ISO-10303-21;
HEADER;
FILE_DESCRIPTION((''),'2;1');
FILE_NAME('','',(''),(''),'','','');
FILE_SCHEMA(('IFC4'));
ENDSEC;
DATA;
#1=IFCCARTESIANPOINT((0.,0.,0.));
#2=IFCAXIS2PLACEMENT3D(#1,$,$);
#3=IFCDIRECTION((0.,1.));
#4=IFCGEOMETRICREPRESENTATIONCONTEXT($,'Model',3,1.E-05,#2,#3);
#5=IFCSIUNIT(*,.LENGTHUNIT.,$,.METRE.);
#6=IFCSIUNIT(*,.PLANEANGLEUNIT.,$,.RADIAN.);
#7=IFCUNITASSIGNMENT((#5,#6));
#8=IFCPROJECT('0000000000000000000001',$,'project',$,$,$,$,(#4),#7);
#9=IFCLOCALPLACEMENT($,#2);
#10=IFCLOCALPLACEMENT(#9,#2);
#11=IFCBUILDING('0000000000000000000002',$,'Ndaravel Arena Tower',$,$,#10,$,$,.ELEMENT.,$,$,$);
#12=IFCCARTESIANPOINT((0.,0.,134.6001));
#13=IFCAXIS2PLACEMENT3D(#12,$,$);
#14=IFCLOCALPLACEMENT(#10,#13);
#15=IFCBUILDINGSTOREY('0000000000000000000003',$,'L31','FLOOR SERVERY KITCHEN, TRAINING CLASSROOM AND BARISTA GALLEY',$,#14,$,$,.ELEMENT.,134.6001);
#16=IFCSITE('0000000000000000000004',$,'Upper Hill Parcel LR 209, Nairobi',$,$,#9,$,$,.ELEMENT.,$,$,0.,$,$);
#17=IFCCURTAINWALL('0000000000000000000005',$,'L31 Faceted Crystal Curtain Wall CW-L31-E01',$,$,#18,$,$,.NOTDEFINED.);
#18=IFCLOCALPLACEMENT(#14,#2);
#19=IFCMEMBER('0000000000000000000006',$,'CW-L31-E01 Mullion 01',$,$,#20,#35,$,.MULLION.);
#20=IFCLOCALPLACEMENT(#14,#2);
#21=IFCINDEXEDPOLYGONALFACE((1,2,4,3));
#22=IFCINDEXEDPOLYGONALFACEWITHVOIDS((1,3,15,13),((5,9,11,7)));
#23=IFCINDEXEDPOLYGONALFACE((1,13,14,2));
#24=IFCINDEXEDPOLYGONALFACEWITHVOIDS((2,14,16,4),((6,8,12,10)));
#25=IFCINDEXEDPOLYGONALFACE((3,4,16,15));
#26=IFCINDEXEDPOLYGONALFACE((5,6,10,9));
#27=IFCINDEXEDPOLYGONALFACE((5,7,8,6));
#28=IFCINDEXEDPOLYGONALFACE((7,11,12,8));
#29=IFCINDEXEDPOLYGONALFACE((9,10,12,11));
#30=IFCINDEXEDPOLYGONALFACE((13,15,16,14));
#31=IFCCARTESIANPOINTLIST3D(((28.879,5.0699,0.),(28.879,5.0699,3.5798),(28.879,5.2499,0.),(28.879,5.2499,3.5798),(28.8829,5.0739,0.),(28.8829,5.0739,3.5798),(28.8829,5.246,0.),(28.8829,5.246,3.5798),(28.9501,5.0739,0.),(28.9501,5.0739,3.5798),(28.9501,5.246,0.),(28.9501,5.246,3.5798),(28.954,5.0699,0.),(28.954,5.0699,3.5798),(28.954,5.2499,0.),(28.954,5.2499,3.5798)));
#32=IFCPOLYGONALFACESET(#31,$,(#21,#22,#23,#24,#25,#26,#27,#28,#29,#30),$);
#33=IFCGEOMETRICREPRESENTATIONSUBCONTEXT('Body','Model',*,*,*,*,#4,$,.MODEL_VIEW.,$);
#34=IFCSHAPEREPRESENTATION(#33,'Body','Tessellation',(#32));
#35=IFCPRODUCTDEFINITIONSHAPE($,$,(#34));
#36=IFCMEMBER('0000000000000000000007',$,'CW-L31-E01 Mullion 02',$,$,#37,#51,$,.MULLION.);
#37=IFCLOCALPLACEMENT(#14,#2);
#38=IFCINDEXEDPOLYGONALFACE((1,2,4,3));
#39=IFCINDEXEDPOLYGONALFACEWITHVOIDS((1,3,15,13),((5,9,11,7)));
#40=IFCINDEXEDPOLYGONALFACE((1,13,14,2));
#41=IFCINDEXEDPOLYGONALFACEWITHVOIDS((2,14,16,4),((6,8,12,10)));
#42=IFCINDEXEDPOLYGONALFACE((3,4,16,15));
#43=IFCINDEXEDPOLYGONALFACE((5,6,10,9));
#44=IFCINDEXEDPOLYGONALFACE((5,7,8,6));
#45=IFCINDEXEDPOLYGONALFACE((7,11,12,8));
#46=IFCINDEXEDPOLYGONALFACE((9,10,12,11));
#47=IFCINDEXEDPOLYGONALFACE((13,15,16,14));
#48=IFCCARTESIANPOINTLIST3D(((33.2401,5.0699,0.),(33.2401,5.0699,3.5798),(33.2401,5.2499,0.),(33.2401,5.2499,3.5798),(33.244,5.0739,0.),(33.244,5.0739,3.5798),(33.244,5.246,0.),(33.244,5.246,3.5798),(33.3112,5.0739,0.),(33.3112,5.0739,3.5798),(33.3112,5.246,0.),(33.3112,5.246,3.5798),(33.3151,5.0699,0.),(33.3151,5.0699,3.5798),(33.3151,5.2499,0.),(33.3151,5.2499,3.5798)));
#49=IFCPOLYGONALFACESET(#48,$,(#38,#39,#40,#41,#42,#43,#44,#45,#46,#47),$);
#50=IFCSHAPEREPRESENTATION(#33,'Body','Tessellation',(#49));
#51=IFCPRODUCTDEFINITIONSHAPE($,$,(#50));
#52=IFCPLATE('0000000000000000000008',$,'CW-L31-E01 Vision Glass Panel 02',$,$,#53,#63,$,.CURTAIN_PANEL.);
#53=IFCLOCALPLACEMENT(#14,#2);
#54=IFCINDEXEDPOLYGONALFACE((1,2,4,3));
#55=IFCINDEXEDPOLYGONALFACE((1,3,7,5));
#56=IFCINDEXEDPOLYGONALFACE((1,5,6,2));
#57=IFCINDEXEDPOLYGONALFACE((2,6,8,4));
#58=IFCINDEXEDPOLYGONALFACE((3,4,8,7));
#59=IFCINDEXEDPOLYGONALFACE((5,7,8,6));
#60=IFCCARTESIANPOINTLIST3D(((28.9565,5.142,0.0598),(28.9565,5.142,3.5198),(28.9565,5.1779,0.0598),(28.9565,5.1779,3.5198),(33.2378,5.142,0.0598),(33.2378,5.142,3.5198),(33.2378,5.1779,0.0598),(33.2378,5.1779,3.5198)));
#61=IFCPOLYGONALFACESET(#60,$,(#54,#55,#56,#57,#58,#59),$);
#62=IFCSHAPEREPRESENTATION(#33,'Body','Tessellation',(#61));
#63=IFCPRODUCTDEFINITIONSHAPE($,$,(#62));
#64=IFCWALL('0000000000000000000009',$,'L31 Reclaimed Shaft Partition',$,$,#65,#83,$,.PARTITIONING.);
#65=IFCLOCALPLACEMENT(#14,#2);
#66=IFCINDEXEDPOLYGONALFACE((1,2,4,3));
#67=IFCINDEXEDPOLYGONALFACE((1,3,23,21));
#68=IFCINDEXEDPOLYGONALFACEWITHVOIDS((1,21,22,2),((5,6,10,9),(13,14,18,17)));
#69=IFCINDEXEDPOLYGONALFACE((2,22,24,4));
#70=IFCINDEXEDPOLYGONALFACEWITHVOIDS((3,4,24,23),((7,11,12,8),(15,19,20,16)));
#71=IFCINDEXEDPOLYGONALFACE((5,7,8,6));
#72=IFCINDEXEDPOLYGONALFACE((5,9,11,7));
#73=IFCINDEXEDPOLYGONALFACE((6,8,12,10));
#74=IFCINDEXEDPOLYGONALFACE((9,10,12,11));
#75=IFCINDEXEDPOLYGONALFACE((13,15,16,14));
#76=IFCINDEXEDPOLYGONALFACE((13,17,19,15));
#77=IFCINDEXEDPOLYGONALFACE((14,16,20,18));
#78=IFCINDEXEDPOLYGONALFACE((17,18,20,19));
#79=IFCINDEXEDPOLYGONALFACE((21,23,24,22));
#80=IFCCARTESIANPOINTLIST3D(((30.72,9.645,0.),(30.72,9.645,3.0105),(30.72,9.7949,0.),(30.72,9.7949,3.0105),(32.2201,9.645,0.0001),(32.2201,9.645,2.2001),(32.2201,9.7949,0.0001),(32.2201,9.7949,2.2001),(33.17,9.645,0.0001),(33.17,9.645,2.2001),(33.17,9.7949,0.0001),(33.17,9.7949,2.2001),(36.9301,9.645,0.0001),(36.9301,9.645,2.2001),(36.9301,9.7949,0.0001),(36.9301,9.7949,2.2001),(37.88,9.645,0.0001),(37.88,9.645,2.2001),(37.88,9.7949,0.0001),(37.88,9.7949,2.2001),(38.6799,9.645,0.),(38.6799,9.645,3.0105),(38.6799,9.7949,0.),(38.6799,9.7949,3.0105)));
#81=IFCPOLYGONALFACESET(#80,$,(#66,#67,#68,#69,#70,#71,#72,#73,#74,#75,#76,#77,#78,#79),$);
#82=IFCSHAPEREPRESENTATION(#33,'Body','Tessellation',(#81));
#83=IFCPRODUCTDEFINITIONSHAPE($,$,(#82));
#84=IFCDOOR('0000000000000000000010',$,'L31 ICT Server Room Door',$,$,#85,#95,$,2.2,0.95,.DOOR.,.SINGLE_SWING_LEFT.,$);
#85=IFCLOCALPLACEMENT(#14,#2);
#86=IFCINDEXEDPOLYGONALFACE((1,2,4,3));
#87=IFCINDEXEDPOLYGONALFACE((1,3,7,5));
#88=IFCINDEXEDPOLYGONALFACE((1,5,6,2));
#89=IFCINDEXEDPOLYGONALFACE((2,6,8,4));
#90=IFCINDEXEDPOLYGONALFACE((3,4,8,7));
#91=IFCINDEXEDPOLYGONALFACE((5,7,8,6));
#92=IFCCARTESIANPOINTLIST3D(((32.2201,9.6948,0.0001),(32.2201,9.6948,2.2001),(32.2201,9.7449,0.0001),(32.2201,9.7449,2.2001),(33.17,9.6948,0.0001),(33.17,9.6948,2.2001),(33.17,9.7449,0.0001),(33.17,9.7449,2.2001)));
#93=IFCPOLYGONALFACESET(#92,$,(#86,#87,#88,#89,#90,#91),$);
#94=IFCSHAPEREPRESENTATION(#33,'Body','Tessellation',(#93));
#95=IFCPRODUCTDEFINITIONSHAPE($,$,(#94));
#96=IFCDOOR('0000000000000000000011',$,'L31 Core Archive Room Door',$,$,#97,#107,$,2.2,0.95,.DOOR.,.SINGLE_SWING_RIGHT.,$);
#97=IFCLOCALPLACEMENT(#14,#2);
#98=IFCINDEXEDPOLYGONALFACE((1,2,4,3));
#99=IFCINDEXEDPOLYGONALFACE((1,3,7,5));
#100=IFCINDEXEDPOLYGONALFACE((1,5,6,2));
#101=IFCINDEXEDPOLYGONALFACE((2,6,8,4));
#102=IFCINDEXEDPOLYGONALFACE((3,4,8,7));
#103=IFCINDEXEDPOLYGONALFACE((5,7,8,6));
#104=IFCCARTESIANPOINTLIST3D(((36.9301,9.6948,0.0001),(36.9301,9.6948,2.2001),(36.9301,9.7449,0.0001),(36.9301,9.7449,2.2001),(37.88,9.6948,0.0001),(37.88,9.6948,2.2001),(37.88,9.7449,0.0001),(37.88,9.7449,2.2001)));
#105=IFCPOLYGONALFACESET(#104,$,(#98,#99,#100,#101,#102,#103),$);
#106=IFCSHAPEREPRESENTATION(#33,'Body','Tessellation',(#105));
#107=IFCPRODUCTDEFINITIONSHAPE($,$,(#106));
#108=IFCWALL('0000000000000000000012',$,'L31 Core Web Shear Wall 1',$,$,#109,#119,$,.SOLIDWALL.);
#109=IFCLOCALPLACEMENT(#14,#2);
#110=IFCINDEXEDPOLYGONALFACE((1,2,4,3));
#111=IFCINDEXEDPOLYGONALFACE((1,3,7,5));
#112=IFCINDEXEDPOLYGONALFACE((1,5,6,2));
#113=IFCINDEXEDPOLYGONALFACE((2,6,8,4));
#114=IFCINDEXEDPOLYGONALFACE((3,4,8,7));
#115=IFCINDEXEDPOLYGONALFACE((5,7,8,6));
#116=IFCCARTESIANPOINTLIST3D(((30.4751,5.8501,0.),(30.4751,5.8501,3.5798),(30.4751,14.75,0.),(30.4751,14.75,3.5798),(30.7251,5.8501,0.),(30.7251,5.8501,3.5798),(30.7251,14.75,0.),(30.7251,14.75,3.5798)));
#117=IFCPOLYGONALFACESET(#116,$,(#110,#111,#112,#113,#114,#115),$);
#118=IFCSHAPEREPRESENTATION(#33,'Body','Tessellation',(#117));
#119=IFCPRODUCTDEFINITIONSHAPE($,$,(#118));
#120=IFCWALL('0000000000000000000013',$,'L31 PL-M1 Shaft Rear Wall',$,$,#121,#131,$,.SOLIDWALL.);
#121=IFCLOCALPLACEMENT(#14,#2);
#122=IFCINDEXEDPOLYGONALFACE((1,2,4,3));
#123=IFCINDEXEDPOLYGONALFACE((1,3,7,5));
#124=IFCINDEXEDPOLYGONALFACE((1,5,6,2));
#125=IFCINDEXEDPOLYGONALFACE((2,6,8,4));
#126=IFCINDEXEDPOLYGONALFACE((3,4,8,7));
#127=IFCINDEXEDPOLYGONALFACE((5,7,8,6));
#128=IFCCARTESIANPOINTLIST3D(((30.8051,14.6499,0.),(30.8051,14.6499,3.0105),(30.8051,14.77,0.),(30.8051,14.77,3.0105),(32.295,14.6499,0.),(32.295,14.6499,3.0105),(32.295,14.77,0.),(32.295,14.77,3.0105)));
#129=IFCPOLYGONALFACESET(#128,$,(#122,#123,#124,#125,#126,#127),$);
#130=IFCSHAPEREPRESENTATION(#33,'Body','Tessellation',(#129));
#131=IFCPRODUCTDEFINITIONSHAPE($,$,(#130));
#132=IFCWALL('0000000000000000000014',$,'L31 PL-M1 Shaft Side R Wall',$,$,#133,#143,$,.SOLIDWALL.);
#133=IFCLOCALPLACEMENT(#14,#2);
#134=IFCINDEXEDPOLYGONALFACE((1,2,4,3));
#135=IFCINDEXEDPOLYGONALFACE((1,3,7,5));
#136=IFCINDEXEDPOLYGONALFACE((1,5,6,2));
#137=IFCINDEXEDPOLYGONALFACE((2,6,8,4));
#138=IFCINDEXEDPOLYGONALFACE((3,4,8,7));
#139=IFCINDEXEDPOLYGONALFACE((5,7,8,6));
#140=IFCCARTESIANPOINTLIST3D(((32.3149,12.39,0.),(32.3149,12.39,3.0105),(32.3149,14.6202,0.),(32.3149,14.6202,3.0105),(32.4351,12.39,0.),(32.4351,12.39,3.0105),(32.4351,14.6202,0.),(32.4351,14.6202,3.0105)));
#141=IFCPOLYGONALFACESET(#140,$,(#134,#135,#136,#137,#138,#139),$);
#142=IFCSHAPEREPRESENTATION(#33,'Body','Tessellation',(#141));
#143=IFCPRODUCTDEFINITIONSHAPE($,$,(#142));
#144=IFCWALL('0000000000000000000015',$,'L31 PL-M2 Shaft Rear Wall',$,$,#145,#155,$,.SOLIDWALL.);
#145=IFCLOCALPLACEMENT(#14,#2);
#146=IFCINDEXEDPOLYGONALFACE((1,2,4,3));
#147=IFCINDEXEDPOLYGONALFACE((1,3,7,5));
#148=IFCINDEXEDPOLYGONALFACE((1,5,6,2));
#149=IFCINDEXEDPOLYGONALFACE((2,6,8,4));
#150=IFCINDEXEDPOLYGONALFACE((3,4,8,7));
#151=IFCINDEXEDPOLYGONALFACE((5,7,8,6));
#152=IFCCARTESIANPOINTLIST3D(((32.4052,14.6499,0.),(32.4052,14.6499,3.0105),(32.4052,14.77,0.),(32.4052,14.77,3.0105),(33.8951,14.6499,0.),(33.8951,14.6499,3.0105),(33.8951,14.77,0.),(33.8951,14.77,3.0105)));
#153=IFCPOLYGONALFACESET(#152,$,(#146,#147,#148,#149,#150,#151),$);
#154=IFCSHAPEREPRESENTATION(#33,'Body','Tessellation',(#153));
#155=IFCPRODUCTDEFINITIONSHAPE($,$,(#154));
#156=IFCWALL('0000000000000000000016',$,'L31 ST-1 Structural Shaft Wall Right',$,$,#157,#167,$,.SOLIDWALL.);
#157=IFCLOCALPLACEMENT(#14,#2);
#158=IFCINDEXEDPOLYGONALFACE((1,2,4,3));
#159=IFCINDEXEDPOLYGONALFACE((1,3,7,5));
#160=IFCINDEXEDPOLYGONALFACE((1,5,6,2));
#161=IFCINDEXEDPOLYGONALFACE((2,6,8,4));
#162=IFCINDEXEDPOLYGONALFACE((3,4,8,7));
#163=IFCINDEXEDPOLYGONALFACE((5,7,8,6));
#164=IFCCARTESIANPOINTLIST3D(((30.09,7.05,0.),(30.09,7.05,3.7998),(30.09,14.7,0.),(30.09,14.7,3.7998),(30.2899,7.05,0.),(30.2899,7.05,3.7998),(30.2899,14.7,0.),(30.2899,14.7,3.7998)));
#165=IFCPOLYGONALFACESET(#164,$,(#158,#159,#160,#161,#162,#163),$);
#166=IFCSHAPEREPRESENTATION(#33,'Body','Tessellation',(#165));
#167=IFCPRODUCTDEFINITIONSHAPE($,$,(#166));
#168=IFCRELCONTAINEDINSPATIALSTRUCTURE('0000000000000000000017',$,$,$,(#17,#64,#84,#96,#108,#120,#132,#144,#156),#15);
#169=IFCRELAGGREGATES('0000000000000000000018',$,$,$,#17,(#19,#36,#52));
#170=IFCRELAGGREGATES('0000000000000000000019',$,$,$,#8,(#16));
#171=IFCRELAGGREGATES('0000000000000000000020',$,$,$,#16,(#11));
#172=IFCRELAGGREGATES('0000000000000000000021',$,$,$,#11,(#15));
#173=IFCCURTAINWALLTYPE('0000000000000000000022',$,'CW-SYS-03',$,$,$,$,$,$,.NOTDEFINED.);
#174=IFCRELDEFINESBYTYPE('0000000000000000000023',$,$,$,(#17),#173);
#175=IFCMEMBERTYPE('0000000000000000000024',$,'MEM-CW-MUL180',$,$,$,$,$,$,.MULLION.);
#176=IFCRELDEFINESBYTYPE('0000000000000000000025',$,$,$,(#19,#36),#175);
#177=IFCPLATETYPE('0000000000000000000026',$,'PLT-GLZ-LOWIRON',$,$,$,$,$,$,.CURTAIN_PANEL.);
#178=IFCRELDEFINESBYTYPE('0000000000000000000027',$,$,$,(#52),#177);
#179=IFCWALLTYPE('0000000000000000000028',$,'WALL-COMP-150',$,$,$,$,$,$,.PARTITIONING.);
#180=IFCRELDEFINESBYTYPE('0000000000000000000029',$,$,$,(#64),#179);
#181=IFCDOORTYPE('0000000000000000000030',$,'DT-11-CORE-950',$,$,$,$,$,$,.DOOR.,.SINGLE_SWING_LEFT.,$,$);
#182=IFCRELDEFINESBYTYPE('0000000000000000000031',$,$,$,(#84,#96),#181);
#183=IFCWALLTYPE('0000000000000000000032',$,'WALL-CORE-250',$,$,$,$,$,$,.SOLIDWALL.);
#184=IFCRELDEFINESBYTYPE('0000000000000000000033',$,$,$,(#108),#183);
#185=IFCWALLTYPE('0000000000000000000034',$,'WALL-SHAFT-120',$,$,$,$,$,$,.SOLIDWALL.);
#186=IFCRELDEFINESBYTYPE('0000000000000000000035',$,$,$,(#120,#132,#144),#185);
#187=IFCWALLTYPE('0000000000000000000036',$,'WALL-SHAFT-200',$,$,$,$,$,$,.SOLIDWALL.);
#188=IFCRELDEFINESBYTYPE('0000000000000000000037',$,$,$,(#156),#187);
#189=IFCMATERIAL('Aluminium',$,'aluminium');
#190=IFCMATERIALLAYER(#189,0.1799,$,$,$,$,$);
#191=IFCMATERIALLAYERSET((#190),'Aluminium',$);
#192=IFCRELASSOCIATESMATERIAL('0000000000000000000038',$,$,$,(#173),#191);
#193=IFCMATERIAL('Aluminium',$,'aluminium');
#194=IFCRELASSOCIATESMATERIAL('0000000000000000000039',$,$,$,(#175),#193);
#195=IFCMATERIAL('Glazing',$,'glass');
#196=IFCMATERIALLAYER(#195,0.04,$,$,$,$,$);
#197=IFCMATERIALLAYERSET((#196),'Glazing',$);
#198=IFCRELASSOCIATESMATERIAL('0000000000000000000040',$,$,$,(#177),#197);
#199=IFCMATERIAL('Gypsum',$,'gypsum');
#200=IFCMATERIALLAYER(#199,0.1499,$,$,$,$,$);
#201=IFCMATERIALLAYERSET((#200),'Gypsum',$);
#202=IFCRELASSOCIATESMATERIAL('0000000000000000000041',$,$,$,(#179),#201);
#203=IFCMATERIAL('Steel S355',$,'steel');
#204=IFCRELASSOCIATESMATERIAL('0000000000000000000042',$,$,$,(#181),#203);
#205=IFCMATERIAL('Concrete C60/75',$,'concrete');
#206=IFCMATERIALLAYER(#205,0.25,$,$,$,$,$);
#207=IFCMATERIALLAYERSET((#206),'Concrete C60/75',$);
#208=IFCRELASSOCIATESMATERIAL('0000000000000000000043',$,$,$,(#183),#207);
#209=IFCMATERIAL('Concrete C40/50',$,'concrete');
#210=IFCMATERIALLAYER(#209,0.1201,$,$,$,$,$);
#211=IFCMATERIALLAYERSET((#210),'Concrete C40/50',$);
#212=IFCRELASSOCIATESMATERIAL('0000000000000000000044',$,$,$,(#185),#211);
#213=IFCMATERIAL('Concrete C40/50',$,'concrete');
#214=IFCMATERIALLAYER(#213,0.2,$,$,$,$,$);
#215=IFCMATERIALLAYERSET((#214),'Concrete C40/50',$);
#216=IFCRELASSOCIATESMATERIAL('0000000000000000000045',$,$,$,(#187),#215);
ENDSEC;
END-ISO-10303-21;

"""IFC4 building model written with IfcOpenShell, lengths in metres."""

from ifc_helpers import new_model, si_unit, direction, frame, frame_2d, origin, origin_2d, place, context, subcontext, project, spatial, rectangle, hollow_rectangle, extrude, material, layer, layer_set, material_profile, profile_set, type_object, element, fill, aggregate, save


model = new_model("IFC4")

# Units and contexts
model_context = context("Model", 3, precision=1e-05, world=origin(), true_north=direction((0.0, 1.0)))
body_context = subcontext(model_context, "Body", "Model", "MODEL_VIEW")
ifc_project = project(units=[si_unit("LENGTHUNIT", "METRE"), si_unit("PLANEANGLEUNIT", "RADIAN")], contexts=[model_context])

# Site, building, storey
site_placement = place(None, origin())
site = spatial("IfcSite", under=ifc_project, at=site_placement, Name="Upper Hill Parcel LR 209, Nairobi", CompositionType="ELEMENT", RefElevation=0.0)
building_placement = place(site_placement, origin())
building = spatial("IfcBuilding", under=site, at=building_placement, Name="Ndaravel Arena Tower", CompositionType="ELEMENT")
storey_placement = place(building_placement, frame((0.0, 0.0, 134.6001)))
storey = spatial("IfcBuildingStorey", under=building, at=storey_placement, Name="L31", Description="FLOOR SERVERY KITCHEN, TRAINING CLASSROOM AND BARISTA GALLEY", CompositionType="ELEMENT", Elevation=134.6001)

# Curtain wall, members, plate
ifc_material_1 = material(Name="Aluminium", Category="aluminium")
ifc_layer_1 = layer(ifc_material_1, 0.1799)
ifc_layer_set_1 = layer_set([ifc_layer_1], Name="Aluminium")
curtain_wall_type = type_object("IfcCurtainWallType", Name="CW-SYS-03", PredefinedType="NOTDEFINED", material=ifc_layer_set_1)
curtain_wall_placement = place(storey_placement, origin())
curtain_wall = element("IfcCurtainWall", 1, at=curtain_wall_placement, inside=storey, type_object=curtain_wall_type, Name="L31 Faceted Crystal Curtain Wall CW-L31-E01", PredefinedType="NOTDEFINED")
ifc_material_2 = material(Name="Aluminium", Category="aluminium")
ifc_material_profile = material_profile(ifc_material_2, hollow_rectangle(XDim=0.075, YDim=0.1799, WallThickness=0.0039, at=origin_2d()), Name="CW MULLION 75x180x4")
ifc_profile_set = profile_set([ifc_material_profile], Name="Aluminium")
member_type = type_object("IfcMemberType", Name="MEM-CW-MUL180", PredefinedType="MULLION", material=ifc_profile_set)
member_1_placement = place(storey_placement, frame((28.9165, 5.1599, 0.0), z_axis=(0.0, 0.0, 1.0), x_axis=(1.0, 0.0, 0.0)))
member_1 = element("IfcMember", 2, at=member_1_placement, type_object=member_type, Name="CW-L31-E01 Mullion 01", PredefinedType="MULLION", context=body_context, shape_type="SweptSolid", body=[
    extrude(hollow_rectangle(XDim=0.075, YDim=0.1799, WallThickness=0.0039, at=origin_2d()), origin(), (0.0, 0.0, 1.0), 3.5798),
])
member_2_placement = place(storey_placement, frame((33.2776, 5.1599, 0.0), z_axis=(0.0, 0.0, 1.0), x_axis=(1.0, 0.0, 0.0)))
member_2 = element("IfcMember", 3, at=member_2_placement, type_object=member_type, Name="CW-L31-E01 Mullion 02", PredefinedType="MULLION", context=body_context, shape_type="SweptSolid", body=[
    extrude(hollow_rectangle(XDim=0.075, YDim=0.1799, WallThickness=0.0039, at=origin_2d()), origin(), (0.0, 0.0, 1.0), 3.5798),
])
ifc_material_3 = material(Name="Glazing", Category="glass")
ifc_layer_2 = layer(ifc_material_3, 0.04)
ifc_layer_set_2 = layer_set([ifc_layer_2], Name="Glazing")
plate_type = type_object("IfcPlateType", Name="PLT-GLZ-LOWIRON", PredefinedType="CURTAIN_PANEL", material=ifc_layer_set_2)
plate_placement = place(storey_placement, frame((31.0972, 5.1599, 0.0598), z_axis=(0.0, 0.0, 1.0), x_axis=(1.0, 0.0, 0.0)))
plate = element("IfcPlate", 4, at=plate_placement, type_object=plate_type, Name="CW-L31-E01 Vision Glass Panel 02", PredefinedType="CURTAIN_PANEL", context=body_context, shape_type="SweptSolid", body=[
    extrude(rectangle(XDim=4.2812, YDim=0.0359, at=origin_2d()), origin(), (0.0, 0.0, 1.0), 3.46),
])
aggregate(curtain_wall, [member_1, member_2, plate])

# Wall, openings, doors
ifc_material_4 = material(Name="Gypsum", Category="gypsum")
ifc_layer_3 = layer(ifc_material_4, 0.1499)
ifc_layer_set_3 = layer_set([ifc_layer_3], Name="Gypsum")
wall_type_1 = type_object("IfcWallType", Name="WALL-COMP-150", PredefinedType="PARTITIONING", material=ifc_layer_set_3)
wall_1_placement = place(storey_placement, frame((30.72, 9.72, 0.0), z_axis=(0.0, 0.0, 1.0), x_axis=(1.0, 0.0, 0.0)))
wall_1 = element("IfcWall", 5, at=wall_1_placement, inside=storey, type_object=wall_type_1, Name="L31 Reclaimed Shaft Partition", PredefinedType="PARTITIONING", context=body_context, shape_type="SweptSolid", body=[
    extrude(rectangle(XDim=7.96, YDim=0.1499, at=frame_2d((3.98, 0.0))), origin(), (0.0, 0.0, 1.0), 3.0105),
])
opening_1_placement = place(wall_1_placement, frame((1.5, 0.0, 0.0)))
opening_1 = element("IfcOpeningElement", 6, at=opening_1_placement, cuts=wall_1, PredefinedType="OPENING", context=body_context, shape_type="SweptSolid", body=[
    extrude(rectangle(XDim=0.95, YDim=2.2, at=frame_2d((0.4751, 1.1001))), frame((0.0, 0.075, 0.0), z_axis=(0.0, -1.0, 0.0), x_axis=(1.0, 0.0, 0.0)), (0.0, 0.0, 1.0), 0.1499),
])
opening_2_placement = place(wall_1_placement, frame((6.21, 0.0, 0.0)))
opening_2 = element("IfcOpeningElement", 7, at=opening_2_placement, cuts=wall_1, PredefinedType="OPENING", context=body_context, shape_type="SweptSolid", body=[
    extrude(rectangle(XDim=0.95, YDim=2.2, at=frame_2d((0.4751, 1.1001))), frame((0.0, 0.075, 0.0), z_axis=(0.0, -1.0, 0.0), x_axis=(1.0, 0.0, 0.0)), (0.0, 0.0, 1.0), 0.1499),
])
ifc_material_5 = material(Name="Steel S355", Category="steel")
door_type_1 = type_object("IfcDoorType", Name="DT-11-CORE-950", OperationType="SINGLE_SWING_LEFT", PredefinedType="DOOR", material=ifc_material_5)
door_1_placement = place(opening_1_placement, origin())
door_1 = element("IfcDoor", 8, at=door_1_placement, inside=storey, type_object=door_type_1, Name="L31 ICT Server Room Door", OperationType="SINGLE_SWING_LEFT", OverallHeight=2.2, OverallWidth=0.95, PredefinedType="DOOR", context=body_context, shape_type="SweptSolid", body=[
    extrude(rectangle(XDim=0.95, YDim=2.2, at=frame_2d((0.4751, 1.1001))), frame((0.0, 0.0249, 0.0), z_axis=(0.0, -1.0, 0.0), x_axis=(1.0, 0.0, 0.0)), (0.0, 0.0, 1.0), 0.05),
])
fill(opening_1, door_1)
door_2_placement = place(opening_2_placement, origin())
door_2 = element("IfcDoor", 9, at=door_2_placement, inside=storey, type_object=door_type_1, Name="L31 Core Archive Room Door", OperationType="SINGLE_SWING_RIGHT", OverallHeight=2.2, OverallWidth=0.95, PredefinedType="DOOR", context=body_context, shape_type="SweptSolid", body=[
    extrude(rectangle(XDim=0.95, YDim=2.2, at=frame_2d((0.4751, 1.1001))), frame((0.0, 0.0249, 0.0), z_axis=(0.0, -1.0, 0.0), x_axis=(1.0, 0.0, 0.0)), (0.0, 0.0, 1.0), 0.05),
])
fill(opening_2, door_2)

# Walls
ifc_material_6 = material(Name="Concrete C60/75", Category="concrete")
ifc_layer_4 = layer(ifc_material_6, 0.25)
ifc_layer_set_4 = layer_set([ifc_layer_4], Name="Concrete C60/75")
wall_type_2 = type_object("IfcWallType", Name="WALL-CORE-250", PredefinedType="SOLIDWALL", material=ifc_layer_set_4)
wall_2_placement = place(storey_placement, frame((30.6001, 5.8501, 0.0), z_axis=(0.0, 0.0, 1.0), x_axis=(0.0, 1.0, 0.0)))
element("IfcWall", 10, at=wall_2_placement, inside=storey, type_object=wall_type_2, Name="L31 Core Web Shear Wall 1", PredefinedType="SOLIDWALL", context=body_context, shape_type="SweptSolid", body=[
    extrude(rectangle(XDim=8.8999, YDim=0.25, at=frame_2d((4.45, 0.0))), origin(), (0.0, 0.0, 1.0), 3.5798),
])
ifc_material_7 = material(Name="Concrete C40/50", Category="concrete")
ifc_layer_5 = layer(ifc_material_7, 0.1201)
ifc_layer_set_5 = layer_set([ifc_layer_5], Name="Concrete C40/50")
wall_type_3 = type_object("IfcWallType", Name="WALL-SHAFT-120", PredefinedType="SOLIDWALL", material=ifc_layer_set_5)
wall_3_placement = place(storey_placement, frame((30.8049, 14.71, 0.0), z_axis=(0.0, 0.0, 1.0), x_axis=(1.0, 0.0, 0.0)))
element("IfcWall", 11, at=wall_3_placement, inside=storey, type_object=wall_type_3, Name="L31 PL-M1 Shaft Rear Wall", PredefinedType="SOLIDWALL", context=body_context, shape_type="SweptSolid", body=[
    extrude(rectangle(XDim=1.49, YDim=0.1201, at=frame_2d((0.7451, 0.0))), origin(), (0.0, 0.0, 1.0), 3.0105),
])
wall_4_placement = place(storey_placement, frame((32.375, 12.3899, 0.0), z_axis=(0.0, 0.0, 1.0), x_axis=(0.0, 1.0, 0.0)))
element("IfcWall", 12, at=wall_4_placement, inside=storey, type_object=wall_type_3, Name="L31 PL-M1 Shaft Side R Wall", PredefinedType="SOLIDWALL", context=body_context, shape_type="SweptSolid", body=[
    extrude(rectangle(XDim=2.2302, YDim=0.1201, at=frame_2d((1.1152, 0.0))), origin(), (0.0, 0.0, 1.0), 3.0105),
])
wall_5_placement = place(storey_placement, frame((32.405, 14.71, 0.0), z_axis=(0.0, 0.0, 1.0), x_axis=(1.0, 0.0, 0.0)))
element("IfcWall", 13, at=wall_5_placement, inside=storey, type_object=wall_type_3, Name="L31 PL-M2 Shaft Rear Wall", PredefinedType="SOLIDWALL", context=body_context, shape_type="SweptSolid", body=[
    extrude(rectangle(XDim=1.49, YDim=0.1201, at=frame_2d((0.7451, 0.0))), origin(), (0.0, 0.0, 1.0), 3.0105),
])
ifc_material_8 = material(Name="Concrete C40/50", Category="concrete")
ifc_layer_6 = layer(ifc_material_8, 0.2)
ifc_layer_set_6 = layer_set([ifc_layer_6], Name="Concrete C40/50")
wall_type_4 = type_object("IfcWallType", Name="WALL-SHAFT-200", PredefinedType="SOLIDWALL", material=ifc_layer_set_6)
wall_6_placement = place(storey_placement, frame((30.1899, 14.7, 0.0), z_axis=(0.0, 0.0, 1.0), x_axis=(0.0, -1.0, 0.0)))
element("IfcWall", 14, at=wall_6_placement, inside=storey, type_object=wall_type_4, Name="L31 ST-1 Structural Shaft Wall Right", PredefinedType="SOLIDWALL", context=body_context, shape_type="SweptSolid", body=[
    extrude(rectangle(XDim=7.6499, YDim=0.2, at=frame_2d((3.825, 0.0))), origin(), (0.0, 0.0, 1.0), 3.7998),
])

save(model, "model.ifc")
